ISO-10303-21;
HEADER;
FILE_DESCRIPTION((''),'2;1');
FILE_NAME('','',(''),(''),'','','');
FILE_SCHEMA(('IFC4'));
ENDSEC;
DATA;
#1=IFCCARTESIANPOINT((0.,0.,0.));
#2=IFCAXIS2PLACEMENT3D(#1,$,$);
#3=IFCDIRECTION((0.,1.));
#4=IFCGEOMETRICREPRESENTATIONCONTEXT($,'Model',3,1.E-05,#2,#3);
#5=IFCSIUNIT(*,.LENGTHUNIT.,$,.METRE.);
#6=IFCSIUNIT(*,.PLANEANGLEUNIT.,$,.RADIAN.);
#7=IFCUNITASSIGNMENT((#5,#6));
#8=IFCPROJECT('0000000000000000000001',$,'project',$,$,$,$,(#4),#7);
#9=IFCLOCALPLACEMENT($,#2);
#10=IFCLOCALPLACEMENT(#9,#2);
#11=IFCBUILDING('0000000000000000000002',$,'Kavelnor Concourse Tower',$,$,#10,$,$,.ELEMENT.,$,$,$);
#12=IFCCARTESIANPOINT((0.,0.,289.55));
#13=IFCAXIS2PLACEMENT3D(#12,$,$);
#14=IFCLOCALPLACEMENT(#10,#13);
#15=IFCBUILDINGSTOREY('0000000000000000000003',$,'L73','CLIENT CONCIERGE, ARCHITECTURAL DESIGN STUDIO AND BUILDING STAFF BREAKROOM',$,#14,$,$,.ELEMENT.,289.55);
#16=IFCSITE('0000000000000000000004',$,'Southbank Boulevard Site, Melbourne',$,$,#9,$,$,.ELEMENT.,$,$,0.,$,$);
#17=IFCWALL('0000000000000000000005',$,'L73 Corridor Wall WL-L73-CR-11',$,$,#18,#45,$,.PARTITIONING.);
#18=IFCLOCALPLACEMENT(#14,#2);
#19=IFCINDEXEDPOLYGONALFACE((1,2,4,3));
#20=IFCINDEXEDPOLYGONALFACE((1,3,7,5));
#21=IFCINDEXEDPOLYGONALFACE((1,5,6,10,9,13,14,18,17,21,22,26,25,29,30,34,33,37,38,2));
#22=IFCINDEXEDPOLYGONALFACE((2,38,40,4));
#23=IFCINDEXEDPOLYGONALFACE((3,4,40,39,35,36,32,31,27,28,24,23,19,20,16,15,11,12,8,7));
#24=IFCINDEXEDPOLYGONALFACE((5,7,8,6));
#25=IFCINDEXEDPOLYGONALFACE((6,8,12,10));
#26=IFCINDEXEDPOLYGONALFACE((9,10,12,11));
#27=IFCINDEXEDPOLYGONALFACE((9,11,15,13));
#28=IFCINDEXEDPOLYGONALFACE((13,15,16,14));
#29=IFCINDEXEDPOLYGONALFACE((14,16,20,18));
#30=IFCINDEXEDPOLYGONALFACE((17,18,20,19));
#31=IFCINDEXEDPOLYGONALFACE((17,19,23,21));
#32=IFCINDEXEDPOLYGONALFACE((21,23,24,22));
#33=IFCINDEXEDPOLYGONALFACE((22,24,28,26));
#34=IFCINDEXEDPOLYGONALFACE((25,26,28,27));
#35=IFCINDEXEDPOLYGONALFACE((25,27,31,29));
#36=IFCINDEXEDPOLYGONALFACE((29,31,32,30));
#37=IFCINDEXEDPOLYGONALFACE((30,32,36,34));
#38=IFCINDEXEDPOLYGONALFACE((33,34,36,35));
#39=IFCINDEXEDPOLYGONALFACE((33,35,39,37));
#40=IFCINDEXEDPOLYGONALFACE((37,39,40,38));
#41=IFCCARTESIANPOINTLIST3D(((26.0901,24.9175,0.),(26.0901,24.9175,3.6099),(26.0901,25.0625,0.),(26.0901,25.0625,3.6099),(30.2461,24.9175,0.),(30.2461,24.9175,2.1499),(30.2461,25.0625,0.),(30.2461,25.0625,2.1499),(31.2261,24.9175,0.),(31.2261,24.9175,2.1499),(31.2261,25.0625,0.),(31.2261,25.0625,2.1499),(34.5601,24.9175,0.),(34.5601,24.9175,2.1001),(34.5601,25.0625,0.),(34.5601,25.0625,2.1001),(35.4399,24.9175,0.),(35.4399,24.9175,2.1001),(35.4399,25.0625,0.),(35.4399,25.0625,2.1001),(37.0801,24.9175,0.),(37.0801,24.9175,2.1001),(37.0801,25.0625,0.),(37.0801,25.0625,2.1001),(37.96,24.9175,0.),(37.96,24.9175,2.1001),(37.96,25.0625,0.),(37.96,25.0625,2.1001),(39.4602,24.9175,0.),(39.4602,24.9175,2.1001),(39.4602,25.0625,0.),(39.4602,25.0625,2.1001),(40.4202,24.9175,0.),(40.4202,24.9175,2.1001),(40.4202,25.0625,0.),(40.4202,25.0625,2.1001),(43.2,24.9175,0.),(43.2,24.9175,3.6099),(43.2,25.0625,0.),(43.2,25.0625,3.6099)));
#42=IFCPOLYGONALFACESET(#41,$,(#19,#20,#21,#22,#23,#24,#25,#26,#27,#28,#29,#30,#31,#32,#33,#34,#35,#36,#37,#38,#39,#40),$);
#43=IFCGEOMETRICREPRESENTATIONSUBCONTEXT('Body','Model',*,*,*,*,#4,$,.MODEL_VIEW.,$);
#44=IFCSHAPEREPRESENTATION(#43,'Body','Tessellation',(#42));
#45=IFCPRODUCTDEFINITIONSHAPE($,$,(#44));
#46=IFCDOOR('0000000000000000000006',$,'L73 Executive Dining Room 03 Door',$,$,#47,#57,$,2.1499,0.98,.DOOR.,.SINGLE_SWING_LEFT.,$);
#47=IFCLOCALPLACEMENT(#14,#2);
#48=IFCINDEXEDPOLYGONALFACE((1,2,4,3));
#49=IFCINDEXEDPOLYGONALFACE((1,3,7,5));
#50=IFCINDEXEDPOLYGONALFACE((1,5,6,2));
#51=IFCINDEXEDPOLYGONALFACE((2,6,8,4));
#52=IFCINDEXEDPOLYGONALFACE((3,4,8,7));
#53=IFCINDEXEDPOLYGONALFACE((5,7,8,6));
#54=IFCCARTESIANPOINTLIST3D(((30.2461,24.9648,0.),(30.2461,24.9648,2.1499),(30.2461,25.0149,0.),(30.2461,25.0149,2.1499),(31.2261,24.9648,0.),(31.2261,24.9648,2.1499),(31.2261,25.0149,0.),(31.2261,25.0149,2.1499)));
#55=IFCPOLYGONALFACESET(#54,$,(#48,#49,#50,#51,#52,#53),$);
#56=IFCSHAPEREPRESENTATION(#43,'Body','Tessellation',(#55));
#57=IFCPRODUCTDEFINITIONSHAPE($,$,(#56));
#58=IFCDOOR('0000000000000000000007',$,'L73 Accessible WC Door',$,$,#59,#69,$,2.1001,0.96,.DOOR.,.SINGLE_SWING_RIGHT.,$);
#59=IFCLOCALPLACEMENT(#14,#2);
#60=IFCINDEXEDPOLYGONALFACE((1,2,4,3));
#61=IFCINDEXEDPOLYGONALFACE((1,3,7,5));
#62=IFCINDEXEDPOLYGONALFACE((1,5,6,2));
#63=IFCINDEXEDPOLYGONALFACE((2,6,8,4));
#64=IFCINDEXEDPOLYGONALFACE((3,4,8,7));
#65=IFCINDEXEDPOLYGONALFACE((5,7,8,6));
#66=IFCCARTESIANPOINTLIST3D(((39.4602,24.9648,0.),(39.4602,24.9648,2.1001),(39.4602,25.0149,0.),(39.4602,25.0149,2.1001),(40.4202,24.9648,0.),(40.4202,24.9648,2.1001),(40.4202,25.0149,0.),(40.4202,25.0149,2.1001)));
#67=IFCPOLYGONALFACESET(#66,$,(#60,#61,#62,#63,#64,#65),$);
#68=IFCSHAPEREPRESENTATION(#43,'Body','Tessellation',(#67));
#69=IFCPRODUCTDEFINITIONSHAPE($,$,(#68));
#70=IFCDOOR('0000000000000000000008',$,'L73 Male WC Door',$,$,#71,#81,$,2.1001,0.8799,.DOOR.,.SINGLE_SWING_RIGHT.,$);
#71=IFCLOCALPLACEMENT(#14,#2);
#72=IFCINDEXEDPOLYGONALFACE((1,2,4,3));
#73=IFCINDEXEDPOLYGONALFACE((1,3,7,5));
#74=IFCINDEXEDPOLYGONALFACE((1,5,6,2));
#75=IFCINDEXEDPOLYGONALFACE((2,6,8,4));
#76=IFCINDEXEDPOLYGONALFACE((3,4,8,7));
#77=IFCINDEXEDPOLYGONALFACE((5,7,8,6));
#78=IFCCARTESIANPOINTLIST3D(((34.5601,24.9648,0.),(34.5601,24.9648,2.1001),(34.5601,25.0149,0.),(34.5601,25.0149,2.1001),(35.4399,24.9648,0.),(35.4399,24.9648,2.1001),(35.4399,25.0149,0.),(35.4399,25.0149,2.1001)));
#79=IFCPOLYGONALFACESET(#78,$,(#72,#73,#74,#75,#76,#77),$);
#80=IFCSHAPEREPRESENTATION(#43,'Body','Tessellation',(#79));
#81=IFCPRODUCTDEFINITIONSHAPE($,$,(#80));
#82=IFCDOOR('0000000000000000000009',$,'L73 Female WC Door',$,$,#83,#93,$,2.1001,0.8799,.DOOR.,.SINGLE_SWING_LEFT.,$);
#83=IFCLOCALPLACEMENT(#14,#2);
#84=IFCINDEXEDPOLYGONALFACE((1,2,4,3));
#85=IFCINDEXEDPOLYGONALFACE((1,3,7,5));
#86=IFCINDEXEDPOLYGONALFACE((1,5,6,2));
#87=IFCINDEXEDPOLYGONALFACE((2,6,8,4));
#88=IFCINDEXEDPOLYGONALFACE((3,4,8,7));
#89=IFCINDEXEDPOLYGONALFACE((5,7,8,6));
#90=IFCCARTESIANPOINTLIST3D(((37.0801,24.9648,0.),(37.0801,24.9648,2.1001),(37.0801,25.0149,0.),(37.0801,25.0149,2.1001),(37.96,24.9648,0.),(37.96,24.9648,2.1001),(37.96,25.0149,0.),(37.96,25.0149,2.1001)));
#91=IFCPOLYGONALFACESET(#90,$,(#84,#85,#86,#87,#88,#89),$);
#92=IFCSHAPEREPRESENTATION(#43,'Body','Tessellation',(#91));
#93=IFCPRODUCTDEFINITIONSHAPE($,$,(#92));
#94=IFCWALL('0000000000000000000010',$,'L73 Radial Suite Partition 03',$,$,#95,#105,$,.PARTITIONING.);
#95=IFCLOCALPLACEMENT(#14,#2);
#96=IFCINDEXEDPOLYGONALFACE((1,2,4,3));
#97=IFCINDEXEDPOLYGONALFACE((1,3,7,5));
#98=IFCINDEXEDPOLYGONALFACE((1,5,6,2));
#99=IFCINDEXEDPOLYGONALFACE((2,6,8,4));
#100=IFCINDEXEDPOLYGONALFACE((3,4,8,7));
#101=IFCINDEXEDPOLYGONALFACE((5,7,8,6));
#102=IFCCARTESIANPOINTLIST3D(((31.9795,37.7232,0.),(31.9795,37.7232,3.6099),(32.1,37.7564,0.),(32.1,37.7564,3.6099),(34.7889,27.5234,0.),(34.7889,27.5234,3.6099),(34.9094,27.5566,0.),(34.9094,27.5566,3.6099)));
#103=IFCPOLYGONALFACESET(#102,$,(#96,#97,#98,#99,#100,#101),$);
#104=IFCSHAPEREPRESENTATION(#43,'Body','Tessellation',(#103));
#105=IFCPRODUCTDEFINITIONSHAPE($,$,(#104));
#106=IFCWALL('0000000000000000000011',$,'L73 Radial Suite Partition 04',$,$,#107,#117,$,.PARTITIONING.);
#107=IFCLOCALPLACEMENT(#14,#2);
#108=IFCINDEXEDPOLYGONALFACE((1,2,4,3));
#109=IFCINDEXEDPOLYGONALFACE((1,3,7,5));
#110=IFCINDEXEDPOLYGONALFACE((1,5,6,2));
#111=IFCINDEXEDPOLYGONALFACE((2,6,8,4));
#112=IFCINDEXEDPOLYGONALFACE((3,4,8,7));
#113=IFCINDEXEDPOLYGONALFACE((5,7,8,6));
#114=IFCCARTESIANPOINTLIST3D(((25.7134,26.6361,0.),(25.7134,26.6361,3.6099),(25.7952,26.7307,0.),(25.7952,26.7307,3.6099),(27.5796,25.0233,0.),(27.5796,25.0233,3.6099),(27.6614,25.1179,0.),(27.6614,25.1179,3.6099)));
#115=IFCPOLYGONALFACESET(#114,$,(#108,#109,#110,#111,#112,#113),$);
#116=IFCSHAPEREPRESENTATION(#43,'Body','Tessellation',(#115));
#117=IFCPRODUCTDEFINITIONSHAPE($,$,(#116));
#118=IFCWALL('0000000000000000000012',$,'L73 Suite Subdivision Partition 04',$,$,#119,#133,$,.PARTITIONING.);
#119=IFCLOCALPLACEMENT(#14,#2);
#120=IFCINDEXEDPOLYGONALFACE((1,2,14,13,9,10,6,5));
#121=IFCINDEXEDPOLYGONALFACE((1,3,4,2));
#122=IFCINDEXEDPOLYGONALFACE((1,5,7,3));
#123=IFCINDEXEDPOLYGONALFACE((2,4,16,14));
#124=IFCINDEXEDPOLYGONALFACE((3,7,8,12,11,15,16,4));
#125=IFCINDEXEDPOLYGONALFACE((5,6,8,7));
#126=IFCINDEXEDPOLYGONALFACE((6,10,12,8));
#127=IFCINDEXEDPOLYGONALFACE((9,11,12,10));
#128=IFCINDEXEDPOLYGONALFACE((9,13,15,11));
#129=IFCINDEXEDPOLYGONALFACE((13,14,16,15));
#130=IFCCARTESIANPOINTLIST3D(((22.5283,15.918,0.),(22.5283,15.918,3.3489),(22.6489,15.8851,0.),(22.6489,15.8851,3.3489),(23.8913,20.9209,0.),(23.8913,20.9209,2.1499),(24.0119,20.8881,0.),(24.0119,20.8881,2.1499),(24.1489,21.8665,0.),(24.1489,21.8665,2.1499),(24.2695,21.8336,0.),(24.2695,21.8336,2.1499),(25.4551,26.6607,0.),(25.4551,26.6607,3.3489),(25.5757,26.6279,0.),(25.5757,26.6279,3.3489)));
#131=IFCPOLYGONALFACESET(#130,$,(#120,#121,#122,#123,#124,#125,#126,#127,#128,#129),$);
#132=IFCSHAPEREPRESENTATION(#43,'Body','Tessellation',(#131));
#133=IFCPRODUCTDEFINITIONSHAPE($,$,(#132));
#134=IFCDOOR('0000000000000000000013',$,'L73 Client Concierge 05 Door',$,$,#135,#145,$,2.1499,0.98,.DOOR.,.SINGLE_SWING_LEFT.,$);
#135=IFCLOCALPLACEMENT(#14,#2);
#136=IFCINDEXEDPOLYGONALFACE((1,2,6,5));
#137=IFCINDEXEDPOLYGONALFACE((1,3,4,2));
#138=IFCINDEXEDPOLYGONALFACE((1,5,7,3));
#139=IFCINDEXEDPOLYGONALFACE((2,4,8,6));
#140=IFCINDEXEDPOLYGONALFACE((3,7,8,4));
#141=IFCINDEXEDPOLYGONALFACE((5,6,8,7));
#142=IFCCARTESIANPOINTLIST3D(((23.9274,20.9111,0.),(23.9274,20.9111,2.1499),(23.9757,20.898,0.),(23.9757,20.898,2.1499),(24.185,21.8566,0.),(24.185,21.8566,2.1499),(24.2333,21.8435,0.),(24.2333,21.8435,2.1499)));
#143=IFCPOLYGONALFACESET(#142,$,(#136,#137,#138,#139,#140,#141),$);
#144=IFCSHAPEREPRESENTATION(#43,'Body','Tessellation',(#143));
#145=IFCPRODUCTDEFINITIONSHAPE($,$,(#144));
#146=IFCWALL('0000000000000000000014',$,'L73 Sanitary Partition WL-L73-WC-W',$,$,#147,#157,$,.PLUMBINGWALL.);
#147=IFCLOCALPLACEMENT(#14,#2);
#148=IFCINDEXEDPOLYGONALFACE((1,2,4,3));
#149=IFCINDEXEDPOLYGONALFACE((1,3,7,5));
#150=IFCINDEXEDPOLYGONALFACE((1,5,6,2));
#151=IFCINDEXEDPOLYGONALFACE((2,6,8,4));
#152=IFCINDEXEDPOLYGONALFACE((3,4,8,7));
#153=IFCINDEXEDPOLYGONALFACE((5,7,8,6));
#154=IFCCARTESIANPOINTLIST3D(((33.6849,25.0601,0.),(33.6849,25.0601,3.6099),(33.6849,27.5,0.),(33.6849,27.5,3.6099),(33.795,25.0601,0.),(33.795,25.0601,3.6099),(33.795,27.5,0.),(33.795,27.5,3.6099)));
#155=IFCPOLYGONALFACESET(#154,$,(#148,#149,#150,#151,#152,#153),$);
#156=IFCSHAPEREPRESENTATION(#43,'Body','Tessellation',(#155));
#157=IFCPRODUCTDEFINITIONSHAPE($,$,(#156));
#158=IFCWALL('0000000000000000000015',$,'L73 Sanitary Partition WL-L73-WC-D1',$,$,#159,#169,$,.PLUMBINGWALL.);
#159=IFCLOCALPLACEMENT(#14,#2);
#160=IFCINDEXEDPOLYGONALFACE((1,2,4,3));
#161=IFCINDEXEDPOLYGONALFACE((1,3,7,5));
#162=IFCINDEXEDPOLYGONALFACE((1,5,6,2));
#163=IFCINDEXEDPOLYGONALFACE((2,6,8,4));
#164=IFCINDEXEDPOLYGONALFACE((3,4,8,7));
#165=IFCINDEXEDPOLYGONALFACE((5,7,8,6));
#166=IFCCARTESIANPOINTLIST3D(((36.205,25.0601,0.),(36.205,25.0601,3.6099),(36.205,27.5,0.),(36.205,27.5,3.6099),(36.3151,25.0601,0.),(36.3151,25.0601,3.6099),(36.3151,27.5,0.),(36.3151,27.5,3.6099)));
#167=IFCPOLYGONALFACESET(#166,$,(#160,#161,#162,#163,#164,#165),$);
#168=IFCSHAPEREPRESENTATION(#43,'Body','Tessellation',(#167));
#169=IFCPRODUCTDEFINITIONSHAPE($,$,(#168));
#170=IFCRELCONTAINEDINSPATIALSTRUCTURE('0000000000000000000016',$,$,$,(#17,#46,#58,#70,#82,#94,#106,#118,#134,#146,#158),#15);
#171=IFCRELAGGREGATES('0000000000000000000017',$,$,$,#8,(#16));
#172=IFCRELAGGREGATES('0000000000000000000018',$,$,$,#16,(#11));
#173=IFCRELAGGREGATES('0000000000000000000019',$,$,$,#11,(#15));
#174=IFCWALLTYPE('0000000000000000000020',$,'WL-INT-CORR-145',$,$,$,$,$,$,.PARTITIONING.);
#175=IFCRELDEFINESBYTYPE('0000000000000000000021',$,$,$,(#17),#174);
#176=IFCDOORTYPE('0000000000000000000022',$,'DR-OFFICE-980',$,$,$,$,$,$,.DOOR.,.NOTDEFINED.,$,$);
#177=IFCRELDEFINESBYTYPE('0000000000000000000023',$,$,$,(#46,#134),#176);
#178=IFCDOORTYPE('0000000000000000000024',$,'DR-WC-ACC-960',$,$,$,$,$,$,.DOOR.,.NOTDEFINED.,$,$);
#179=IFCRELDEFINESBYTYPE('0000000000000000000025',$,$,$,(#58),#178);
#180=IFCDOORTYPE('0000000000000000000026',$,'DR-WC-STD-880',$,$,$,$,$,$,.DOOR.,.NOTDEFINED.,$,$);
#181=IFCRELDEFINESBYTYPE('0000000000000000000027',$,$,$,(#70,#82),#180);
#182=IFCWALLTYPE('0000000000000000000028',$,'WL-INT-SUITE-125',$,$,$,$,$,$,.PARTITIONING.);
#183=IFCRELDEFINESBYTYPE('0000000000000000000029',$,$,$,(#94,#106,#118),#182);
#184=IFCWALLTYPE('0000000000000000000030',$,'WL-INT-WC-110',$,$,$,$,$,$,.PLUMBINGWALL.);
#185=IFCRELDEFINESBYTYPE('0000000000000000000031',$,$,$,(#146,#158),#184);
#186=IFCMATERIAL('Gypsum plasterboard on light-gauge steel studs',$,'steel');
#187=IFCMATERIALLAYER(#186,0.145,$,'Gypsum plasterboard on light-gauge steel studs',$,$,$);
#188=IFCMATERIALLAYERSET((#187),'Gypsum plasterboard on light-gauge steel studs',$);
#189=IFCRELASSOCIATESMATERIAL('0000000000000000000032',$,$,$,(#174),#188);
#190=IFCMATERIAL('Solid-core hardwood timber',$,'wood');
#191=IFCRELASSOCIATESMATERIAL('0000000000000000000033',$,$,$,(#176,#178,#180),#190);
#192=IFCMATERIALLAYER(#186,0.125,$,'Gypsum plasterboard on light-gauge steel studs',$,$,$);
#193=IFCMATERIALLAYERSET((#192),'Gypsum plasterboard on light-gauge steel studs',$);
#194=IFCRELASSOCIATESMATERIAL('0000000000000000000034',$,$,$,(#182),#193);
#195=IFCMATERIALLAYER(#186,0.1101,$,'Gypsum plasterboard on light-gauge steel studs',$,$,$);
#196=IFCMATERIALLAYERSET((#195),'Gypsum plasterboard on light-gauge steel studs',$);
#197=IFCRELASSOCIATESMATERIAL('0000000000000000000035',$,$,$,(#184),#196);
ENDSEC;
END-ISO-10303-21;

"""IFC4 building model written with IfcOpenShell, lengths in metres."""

from ifc_helpers import new_model, si_unit, direction, frame, frame_2d, origin, place, context, subcontext, project, spatial, rectangle, extrude, material, layer, layer_set, type_object, element, fill, save


model = new_model("IFC4")

# Units and contexts
model_context = context("Model", 3, precision=1e-05, world=origin(), true_north=direction((0.0, 1.0)))
body_context = subcontext(model_context, "Body", "Model", "MODEL_VIEW")
ifc_project = project(units=[si_unit("LENGTHUNIT", "METRE"), si_unit("PLANEANGLEUNIT", "RADIAN")], contexts=[model_context])

# Site, building, storey
site_placement = place(None, origin())
site = spatial("IfcSite", under=ifc_project, at=site_placement, Name="Southbank Boulevard Site, Melbourne", CompositionType="ELEMENT", RefElevation=0.0)
building_placement = place(site_placement, origin())
building = spatial("IfcBuilding", under=site, at=building_placement, Name="Kavelnor Concourse Tower", CompositionType="ELEMENT")
storey_placement = place(building_placement, frame((0.0, 0.0, 289.55)))
storey = spatial("IfcBuildingStorey", under=building, at=storey_placement, Name="L73", Description="CLIENT CONCIERGE, ARCHITECTURAL DESIGN STUDIO AND BUILDING STAFF BREAKROOM", CompositionType="ELEMENT", Elevation=289.55)

# Wall, openings, doors
ifc_material_1 = material(Name="Gypsum plasterboard on light-gauge steel studs", Category="steel")
ifc_layer_1 = layer(ifc_material_1, 0.145, Name="Gypsum plasterboard on light-gauge steel studs")
ifc_layer_set_1 = layer_set([ifc_layer_1], Name="Gypsum plasterboard on light-gauge steel studs")
wall_type_1 = type_object("IfcWallType", Name="WL-INT-CORR-145", PredefinedType="PARTITIONING", material=ifc_layer_set_1)
wall_1_placement = place(storey_placement, frame((26.0901, 24.99, 0.0), z_axis=(0.0, 0.0, 1.0), x_axis=(1.0, 0.0, 0.0)))
wall_1 = element("IfcWall", 1, at=wall_1_placement, inside=storey, type_object=wall_type_1, Name="L73 Corridor Wall WL-L73-CR-11", PredefinedType="PARTITIONING", context=body_context, shape_type="SweptSolid", body=[
    extrude(rectangle(XDim=17.1099, YDim=0.145, at=frame_2d((8.5549, 0.0))), origin(), (0.0, 0.0, 1.0), 3.6099),
])
opening_1_placement = place(wall_1_placement, frame((8.47, 0.0, 0.0)))
opening_1 = element("IfcOpeningElement", 2, at=opening_1_placement, cuts=wall_1, PredefinedType="OPENING", context=body_context, shape_type="SweptSolid", body=[
    extrude(rectangle(XDim=0.8799, YDim=2.1001, at=frame_2d((0.4399, 1.05))), frame((0.0, 0.0825, 0.0), z_axis=(0.0, -1.0, 0.0), x_axis=(1.0, 0.0, 0.0)), (0.0, 0.0, 1.0), 0.165),
])
opening_2_placement = place(wall_1_placement, frame((10.99, 0.0, 0.0)))
opening_2 = element("IfcOpeningElement", 3, at=opening_2_placement, cuts=wall_1, PredefinedType="OPENING", context=body_context, shape_type="SweptSolid", body=[
    extrude(rectangle(XDim=0.8799, YDim=2.1001, at=frame_2d((0.4399, 1.05))), frame((0.0, 0.0825, 0.0), z_axis=(0.0, -1.0, 0.0), x_axis=(1.0, 0.0, 0.0)), (0.0, 0.0, 1.0), 0.165),
])
opening_3_placement = place(wall_1_placement, frame((13.3701, 0.0, 0.0)))
opening_3 = element("IfcOpeningElement", 4, at=opening_3_placement, cuts=wall_1, PredefinedType="OPENING", context=body_context, shape_type="SweptSolid", body=[
    extrude(rectangle(XDim=0.96, YDim=2.1001, at=frame_2d((0.48, 1.05))), frame((0.0, 0.0825, 0.0), z_axis=(0.0, -1.0, 0.0), x_axis=(1.0, 0.0, 0.0)), (0.0, 0.0, 1.0), 0.165),
])
opening_4_placement = place(wall_1_placement, frame((4.156, 0.0, 0.0)))
opening_4 = element("IfcOpeningElement", 5, at=opening_4_placement, cuts=wall_1, PredefinedType="OPENING", context=body_context, shape_type="SweptSolid", body=[
    extrude(rectangle(XDim=0.98, YDim=2.1499, at=frame_2d((0.49, 1.075))), frame((0.0, 0.0825, 0.0), z_axis=(0.0, -1.0, 0.0), x_axis=(1.0, 0.0, 0.0)), (0.0, 0.0, 1.0), 0.165),
])
ifc_material_2 = material(Name="Solid-core hardwood timber", Category="wood")
door_type_1 = type_object("IfcDoorType", Name="DR-OFFICE-980", OperationType="NOTDEFINED", PredefinedType="DOOR", material=ifc_material_2)
door_1_placement = place(opening_4_placement, origin())
door_1 = element("IfcDoor", 6, at=door_1_placement, inside=storey, type_object=door_type_1, Name="L73 Executive Dining Room 03 Door", OperationType="SINGLE_SWING_LEFT", OverallHeight=2.1499, OverallWidth=0.98, PredefinedType="DOOR", context=body_context, shape_type="SweptSolid", body=[
    extrude(rectangle(XDim=0.98, YDim=2.1499, at=frame_2d((0.49, 1.075))), frame((0.0, 0.0249, 0.0), z_axis=(0.0, -1.0, 0.0), x_axis=(1.0, 0.0, 0.0)), (0.0, 0.0, 1.0), 0.05),
])
fill(opening_4, door_1)
door_type_2 = type_object("IfcDoorType", Name="DR-WC-ACC-960", OperationType="NOTDEFINED", PredefinedType="DOOR", material=ifc_material_2)
door_2_placement = place(opening_3_placement, origin())
door_2 = element("IfcDoor", 7, at=door_2_placement, inside=storey, type_object=door_type_2, Name="L73 Accessible WC Door", OperationType="SINGLE_SWING_RIGHT", OverallHeight=2.1001, OverallWidth=0.96, PredefinedType="DOOR", context=body_context, shape_type="SweptSolid", body=[
    extrude(rectangle(XDim=0.96, YDim=2.1001, at=frame_2d((0.48, 1.05))), frame((0.0, 0.0249, 0.0), z_axis=(0.0, -1.0, 0.0), x_axis=(1.0, 0.0, 0.0)), (0.0, 0.0, 1.0), 0.05),
])
fill(opening_3, door_2)
door_type_3 = type_object("IfcDoorType", Name="DR-WC-STD-880", OperationType="NOTDEFINED", PredefinedType="DOOR", material=ifc_material_2)
door_3_placement = place(opening_1_placement, origin())
door_3 = element("IfcDoor", 8, at=door_3_placement, inside=storey, type_object=door_type_3, Name="L73 Male WC Door", OperationType="SINGLE_SWING_RIGHT", OverallHeight=2.1001, OverallWidth=0.8799, PredefinedType="DOOR", context=body_context, shape_type="SweptSolid", body=[
    extrude(rectangle(XDim=0.8799, YDim=2.1001, at=frame_2d((0.4399, 1.05))), frame((0.0, 0.0249, 0.0), z_axis=(0.0, -1.0, 0.0), x_axis=(1.0, 0.0, 0.0)), (0.0, 0.0, 1.0), 0.05),
])
fill(opening_1, door_3)
door_4_placement = place(opening_2_placement, origin())
door_4 = element("IfcDoor", 9, at=door_4_placement, inside=storey, type_object=door_type_3, Name="L73 Female WC Door", OperationType="SINGLE_SWING_LEFT", OverallHeight=2.1001, OverallWidth=0.8799, PredefinedType="DOOR", context=body_context, shape_type="SweptSolid", body=[
    extrude(rectangle(XDim=0.8799, YDim=2.1001, at=frame_2d((0.4399, 1.05))), frame((0.0, 0.0249, 0.0), z_axis=(0.0, -1.0, 0.0), x_axis=(1.0, 0.0, 0.0)), (0.0, 0.0, 1.0), 0.05),
])
fill(opening_2, door_4)

# Walls
ifc_layer_2 = layer(ifc_material_1, 0.125, Name="Gypsum plasterboard on light-gauge steel studs")
ifc_layer_set_2 = layer_set([ifc_layer_2], Name="Gypsum plasterboard on light-gauge steel studs")
wall_type_2 = type_object("IfcWallType", Name="WL-INT-SUITE-125", PredefinedType="PARTITIONING", material=ifc_layer_set_2)
wall_2_placement = place(storey_placement, frame((34.8491, 27.54, 0.0), z_axis=(0.0, 0.0, 1.0), x_axis=(-0.265544, 0.964099, 0.0)))
element("IfcWall", 10, at=wall_2_placement, inside=storey, type_object=wall_type_2, Name="L73 Radial Suite Partition 03", PredefinedType="PARTITIONING", context=body_context, shape_type="SweptSolid", body=[
    extrude(rectangle(XDim=10.5796, YDim=0.125, at=frame_2d((5.2898, 0.0))), origin(), (0.0, 0.0, 1.0), 3.6099),
])
wall_3_placement = place(storey_placement, frame((27.6206, 25.0706, 0.0), z_axis=(0.0, 0.0, 1.0), x_axis=(-0.756609, 0.653867, 0.0)))
element("IfcWall", 11, at=wall_3_placement, inside=storey, type_object=wall_type_2, Name="L73 Radial Suite Partition 04", PredefinedType="PARTITIONING", context=body_context, shape_type="SweptSolid", body=[
    extrude(rectangle(XDim=2.4666, YDim=0.125, at=frame_2d((1.2334, 0.0))), origin(), (0.0, 0.0, 1.0), 3.6099),
])

# Wall, opening, door
wall_4_placement = place(storey_placement, frame((25.5154, 26.6443, 0.0), z_axis=(0.0, 0.0, 1.0), x_axis=(-0.262861, -0.964834, 0.0)))
wall_4 = element("IfcWall", 12, at=wall_4_placement, inside=storey, type_object=wall_type_2, Name="L73 Suite Subdivision Partition 04", PredefinedType="PARTITIONING", context=body_context, shape_type="SweptSolid", body=[
    extrude(rectangle(XDim=11.1343, YDim=0.125, at=frame_2d((5.5671, 0.0))), origin(), (0.0, 0.0, 1.0), 3.3489),
])
opening_5_placement = place(wall_4_placement, frame((4.969, 0.0, 0.0)))
opening_5 = element("IfcOpeningElement", 13, at=opening_5_placement, cuts=wall_4, PredefinedType="OPENING", context=body_context, shape_type="SweptSolid", body=[
    extrude(rectangle(XDim=0.98, YDim=2.1499, at=frame_2d((0.49, 1.075))), frame((0.0, 0.0725, 0.0), z_axis=(0.0, -1.0, 0.0), x_axis=(1.0, 0.0, 0.0)), (0.0, 0.0, 1.0), 0.145),
])
door_5_placement = place(opening_5_placement, origin())
door_5 = element("IfcDoor", 14, at=door_5_placement, inside=storey, type_object=door_type_1, Name="L73 Client Concierge 05 Door", OperationType="SINGLE_SWING_LEFT", OverallHeight=2.1499, OverallWidth=0.98, PredefinedType="DOOR", context=body_context, shape_type="SweptSolid", body=[
    extrude(rectangle(XDim=0.98, YDim=2.1499, at=frame_2d((0.49, 1.075))), frame((0.0, 0.0249, 0.0), z_axis=(0.0, -1.0, 0.0), x_axis=(1.0, 0.0, 0.0)), (0.0, 0.0, 1.0), 0.05),
])
fill(opening_5, door_5)

# Walls
ifc_layer_3 = layer(ifc_material_1, 0.1101, Name="Gypsum plasterboard on light-gauge steel studs")
ifc_layer_set_3 = layer_set([ifc_layer_3], Name="Gypsum plasterboard on light-gauge steel studs")
wall_type_3 = type_object("IfcWallType", Name="WL-INT-WC-110", PredefinedType="PLUMBINGWALL", material=ifc_layer_set_3)
for number, where, z_axis, x_axis, name in (
    (15, (33.74, 25.0601, 0.0), (0.0, 0.0, 1.0), (0.0, 1.0, 0.0), "L73 Sanitary Partition WL-L73-WC-W"),
    (16, (36.26, 25.0601, 0.0), (0.0, 0.0, 1.0), (0.0, 1.0, 0.0), "L73 Sanitary Partition WL-L73-WC-D1"),
):
    element("IfcWall", number, at=place(storey_placement, frame(where, z_axis=z_axis, x_axis=x_axis)), inside=storey, type_object=wall_type_3, Name=name, PredefinedType="PLUMBINGWALL", context=body_context, shape_type="SweptSolid", body=[
        extrude(rectangle(XDim=2.4399, YDim=0.1101, at=frame_2d((1.22, 0.0))), origin(), (0.0, 0.0, 1.0), 3.6099),
    ])

save(model, "model.ifc")
